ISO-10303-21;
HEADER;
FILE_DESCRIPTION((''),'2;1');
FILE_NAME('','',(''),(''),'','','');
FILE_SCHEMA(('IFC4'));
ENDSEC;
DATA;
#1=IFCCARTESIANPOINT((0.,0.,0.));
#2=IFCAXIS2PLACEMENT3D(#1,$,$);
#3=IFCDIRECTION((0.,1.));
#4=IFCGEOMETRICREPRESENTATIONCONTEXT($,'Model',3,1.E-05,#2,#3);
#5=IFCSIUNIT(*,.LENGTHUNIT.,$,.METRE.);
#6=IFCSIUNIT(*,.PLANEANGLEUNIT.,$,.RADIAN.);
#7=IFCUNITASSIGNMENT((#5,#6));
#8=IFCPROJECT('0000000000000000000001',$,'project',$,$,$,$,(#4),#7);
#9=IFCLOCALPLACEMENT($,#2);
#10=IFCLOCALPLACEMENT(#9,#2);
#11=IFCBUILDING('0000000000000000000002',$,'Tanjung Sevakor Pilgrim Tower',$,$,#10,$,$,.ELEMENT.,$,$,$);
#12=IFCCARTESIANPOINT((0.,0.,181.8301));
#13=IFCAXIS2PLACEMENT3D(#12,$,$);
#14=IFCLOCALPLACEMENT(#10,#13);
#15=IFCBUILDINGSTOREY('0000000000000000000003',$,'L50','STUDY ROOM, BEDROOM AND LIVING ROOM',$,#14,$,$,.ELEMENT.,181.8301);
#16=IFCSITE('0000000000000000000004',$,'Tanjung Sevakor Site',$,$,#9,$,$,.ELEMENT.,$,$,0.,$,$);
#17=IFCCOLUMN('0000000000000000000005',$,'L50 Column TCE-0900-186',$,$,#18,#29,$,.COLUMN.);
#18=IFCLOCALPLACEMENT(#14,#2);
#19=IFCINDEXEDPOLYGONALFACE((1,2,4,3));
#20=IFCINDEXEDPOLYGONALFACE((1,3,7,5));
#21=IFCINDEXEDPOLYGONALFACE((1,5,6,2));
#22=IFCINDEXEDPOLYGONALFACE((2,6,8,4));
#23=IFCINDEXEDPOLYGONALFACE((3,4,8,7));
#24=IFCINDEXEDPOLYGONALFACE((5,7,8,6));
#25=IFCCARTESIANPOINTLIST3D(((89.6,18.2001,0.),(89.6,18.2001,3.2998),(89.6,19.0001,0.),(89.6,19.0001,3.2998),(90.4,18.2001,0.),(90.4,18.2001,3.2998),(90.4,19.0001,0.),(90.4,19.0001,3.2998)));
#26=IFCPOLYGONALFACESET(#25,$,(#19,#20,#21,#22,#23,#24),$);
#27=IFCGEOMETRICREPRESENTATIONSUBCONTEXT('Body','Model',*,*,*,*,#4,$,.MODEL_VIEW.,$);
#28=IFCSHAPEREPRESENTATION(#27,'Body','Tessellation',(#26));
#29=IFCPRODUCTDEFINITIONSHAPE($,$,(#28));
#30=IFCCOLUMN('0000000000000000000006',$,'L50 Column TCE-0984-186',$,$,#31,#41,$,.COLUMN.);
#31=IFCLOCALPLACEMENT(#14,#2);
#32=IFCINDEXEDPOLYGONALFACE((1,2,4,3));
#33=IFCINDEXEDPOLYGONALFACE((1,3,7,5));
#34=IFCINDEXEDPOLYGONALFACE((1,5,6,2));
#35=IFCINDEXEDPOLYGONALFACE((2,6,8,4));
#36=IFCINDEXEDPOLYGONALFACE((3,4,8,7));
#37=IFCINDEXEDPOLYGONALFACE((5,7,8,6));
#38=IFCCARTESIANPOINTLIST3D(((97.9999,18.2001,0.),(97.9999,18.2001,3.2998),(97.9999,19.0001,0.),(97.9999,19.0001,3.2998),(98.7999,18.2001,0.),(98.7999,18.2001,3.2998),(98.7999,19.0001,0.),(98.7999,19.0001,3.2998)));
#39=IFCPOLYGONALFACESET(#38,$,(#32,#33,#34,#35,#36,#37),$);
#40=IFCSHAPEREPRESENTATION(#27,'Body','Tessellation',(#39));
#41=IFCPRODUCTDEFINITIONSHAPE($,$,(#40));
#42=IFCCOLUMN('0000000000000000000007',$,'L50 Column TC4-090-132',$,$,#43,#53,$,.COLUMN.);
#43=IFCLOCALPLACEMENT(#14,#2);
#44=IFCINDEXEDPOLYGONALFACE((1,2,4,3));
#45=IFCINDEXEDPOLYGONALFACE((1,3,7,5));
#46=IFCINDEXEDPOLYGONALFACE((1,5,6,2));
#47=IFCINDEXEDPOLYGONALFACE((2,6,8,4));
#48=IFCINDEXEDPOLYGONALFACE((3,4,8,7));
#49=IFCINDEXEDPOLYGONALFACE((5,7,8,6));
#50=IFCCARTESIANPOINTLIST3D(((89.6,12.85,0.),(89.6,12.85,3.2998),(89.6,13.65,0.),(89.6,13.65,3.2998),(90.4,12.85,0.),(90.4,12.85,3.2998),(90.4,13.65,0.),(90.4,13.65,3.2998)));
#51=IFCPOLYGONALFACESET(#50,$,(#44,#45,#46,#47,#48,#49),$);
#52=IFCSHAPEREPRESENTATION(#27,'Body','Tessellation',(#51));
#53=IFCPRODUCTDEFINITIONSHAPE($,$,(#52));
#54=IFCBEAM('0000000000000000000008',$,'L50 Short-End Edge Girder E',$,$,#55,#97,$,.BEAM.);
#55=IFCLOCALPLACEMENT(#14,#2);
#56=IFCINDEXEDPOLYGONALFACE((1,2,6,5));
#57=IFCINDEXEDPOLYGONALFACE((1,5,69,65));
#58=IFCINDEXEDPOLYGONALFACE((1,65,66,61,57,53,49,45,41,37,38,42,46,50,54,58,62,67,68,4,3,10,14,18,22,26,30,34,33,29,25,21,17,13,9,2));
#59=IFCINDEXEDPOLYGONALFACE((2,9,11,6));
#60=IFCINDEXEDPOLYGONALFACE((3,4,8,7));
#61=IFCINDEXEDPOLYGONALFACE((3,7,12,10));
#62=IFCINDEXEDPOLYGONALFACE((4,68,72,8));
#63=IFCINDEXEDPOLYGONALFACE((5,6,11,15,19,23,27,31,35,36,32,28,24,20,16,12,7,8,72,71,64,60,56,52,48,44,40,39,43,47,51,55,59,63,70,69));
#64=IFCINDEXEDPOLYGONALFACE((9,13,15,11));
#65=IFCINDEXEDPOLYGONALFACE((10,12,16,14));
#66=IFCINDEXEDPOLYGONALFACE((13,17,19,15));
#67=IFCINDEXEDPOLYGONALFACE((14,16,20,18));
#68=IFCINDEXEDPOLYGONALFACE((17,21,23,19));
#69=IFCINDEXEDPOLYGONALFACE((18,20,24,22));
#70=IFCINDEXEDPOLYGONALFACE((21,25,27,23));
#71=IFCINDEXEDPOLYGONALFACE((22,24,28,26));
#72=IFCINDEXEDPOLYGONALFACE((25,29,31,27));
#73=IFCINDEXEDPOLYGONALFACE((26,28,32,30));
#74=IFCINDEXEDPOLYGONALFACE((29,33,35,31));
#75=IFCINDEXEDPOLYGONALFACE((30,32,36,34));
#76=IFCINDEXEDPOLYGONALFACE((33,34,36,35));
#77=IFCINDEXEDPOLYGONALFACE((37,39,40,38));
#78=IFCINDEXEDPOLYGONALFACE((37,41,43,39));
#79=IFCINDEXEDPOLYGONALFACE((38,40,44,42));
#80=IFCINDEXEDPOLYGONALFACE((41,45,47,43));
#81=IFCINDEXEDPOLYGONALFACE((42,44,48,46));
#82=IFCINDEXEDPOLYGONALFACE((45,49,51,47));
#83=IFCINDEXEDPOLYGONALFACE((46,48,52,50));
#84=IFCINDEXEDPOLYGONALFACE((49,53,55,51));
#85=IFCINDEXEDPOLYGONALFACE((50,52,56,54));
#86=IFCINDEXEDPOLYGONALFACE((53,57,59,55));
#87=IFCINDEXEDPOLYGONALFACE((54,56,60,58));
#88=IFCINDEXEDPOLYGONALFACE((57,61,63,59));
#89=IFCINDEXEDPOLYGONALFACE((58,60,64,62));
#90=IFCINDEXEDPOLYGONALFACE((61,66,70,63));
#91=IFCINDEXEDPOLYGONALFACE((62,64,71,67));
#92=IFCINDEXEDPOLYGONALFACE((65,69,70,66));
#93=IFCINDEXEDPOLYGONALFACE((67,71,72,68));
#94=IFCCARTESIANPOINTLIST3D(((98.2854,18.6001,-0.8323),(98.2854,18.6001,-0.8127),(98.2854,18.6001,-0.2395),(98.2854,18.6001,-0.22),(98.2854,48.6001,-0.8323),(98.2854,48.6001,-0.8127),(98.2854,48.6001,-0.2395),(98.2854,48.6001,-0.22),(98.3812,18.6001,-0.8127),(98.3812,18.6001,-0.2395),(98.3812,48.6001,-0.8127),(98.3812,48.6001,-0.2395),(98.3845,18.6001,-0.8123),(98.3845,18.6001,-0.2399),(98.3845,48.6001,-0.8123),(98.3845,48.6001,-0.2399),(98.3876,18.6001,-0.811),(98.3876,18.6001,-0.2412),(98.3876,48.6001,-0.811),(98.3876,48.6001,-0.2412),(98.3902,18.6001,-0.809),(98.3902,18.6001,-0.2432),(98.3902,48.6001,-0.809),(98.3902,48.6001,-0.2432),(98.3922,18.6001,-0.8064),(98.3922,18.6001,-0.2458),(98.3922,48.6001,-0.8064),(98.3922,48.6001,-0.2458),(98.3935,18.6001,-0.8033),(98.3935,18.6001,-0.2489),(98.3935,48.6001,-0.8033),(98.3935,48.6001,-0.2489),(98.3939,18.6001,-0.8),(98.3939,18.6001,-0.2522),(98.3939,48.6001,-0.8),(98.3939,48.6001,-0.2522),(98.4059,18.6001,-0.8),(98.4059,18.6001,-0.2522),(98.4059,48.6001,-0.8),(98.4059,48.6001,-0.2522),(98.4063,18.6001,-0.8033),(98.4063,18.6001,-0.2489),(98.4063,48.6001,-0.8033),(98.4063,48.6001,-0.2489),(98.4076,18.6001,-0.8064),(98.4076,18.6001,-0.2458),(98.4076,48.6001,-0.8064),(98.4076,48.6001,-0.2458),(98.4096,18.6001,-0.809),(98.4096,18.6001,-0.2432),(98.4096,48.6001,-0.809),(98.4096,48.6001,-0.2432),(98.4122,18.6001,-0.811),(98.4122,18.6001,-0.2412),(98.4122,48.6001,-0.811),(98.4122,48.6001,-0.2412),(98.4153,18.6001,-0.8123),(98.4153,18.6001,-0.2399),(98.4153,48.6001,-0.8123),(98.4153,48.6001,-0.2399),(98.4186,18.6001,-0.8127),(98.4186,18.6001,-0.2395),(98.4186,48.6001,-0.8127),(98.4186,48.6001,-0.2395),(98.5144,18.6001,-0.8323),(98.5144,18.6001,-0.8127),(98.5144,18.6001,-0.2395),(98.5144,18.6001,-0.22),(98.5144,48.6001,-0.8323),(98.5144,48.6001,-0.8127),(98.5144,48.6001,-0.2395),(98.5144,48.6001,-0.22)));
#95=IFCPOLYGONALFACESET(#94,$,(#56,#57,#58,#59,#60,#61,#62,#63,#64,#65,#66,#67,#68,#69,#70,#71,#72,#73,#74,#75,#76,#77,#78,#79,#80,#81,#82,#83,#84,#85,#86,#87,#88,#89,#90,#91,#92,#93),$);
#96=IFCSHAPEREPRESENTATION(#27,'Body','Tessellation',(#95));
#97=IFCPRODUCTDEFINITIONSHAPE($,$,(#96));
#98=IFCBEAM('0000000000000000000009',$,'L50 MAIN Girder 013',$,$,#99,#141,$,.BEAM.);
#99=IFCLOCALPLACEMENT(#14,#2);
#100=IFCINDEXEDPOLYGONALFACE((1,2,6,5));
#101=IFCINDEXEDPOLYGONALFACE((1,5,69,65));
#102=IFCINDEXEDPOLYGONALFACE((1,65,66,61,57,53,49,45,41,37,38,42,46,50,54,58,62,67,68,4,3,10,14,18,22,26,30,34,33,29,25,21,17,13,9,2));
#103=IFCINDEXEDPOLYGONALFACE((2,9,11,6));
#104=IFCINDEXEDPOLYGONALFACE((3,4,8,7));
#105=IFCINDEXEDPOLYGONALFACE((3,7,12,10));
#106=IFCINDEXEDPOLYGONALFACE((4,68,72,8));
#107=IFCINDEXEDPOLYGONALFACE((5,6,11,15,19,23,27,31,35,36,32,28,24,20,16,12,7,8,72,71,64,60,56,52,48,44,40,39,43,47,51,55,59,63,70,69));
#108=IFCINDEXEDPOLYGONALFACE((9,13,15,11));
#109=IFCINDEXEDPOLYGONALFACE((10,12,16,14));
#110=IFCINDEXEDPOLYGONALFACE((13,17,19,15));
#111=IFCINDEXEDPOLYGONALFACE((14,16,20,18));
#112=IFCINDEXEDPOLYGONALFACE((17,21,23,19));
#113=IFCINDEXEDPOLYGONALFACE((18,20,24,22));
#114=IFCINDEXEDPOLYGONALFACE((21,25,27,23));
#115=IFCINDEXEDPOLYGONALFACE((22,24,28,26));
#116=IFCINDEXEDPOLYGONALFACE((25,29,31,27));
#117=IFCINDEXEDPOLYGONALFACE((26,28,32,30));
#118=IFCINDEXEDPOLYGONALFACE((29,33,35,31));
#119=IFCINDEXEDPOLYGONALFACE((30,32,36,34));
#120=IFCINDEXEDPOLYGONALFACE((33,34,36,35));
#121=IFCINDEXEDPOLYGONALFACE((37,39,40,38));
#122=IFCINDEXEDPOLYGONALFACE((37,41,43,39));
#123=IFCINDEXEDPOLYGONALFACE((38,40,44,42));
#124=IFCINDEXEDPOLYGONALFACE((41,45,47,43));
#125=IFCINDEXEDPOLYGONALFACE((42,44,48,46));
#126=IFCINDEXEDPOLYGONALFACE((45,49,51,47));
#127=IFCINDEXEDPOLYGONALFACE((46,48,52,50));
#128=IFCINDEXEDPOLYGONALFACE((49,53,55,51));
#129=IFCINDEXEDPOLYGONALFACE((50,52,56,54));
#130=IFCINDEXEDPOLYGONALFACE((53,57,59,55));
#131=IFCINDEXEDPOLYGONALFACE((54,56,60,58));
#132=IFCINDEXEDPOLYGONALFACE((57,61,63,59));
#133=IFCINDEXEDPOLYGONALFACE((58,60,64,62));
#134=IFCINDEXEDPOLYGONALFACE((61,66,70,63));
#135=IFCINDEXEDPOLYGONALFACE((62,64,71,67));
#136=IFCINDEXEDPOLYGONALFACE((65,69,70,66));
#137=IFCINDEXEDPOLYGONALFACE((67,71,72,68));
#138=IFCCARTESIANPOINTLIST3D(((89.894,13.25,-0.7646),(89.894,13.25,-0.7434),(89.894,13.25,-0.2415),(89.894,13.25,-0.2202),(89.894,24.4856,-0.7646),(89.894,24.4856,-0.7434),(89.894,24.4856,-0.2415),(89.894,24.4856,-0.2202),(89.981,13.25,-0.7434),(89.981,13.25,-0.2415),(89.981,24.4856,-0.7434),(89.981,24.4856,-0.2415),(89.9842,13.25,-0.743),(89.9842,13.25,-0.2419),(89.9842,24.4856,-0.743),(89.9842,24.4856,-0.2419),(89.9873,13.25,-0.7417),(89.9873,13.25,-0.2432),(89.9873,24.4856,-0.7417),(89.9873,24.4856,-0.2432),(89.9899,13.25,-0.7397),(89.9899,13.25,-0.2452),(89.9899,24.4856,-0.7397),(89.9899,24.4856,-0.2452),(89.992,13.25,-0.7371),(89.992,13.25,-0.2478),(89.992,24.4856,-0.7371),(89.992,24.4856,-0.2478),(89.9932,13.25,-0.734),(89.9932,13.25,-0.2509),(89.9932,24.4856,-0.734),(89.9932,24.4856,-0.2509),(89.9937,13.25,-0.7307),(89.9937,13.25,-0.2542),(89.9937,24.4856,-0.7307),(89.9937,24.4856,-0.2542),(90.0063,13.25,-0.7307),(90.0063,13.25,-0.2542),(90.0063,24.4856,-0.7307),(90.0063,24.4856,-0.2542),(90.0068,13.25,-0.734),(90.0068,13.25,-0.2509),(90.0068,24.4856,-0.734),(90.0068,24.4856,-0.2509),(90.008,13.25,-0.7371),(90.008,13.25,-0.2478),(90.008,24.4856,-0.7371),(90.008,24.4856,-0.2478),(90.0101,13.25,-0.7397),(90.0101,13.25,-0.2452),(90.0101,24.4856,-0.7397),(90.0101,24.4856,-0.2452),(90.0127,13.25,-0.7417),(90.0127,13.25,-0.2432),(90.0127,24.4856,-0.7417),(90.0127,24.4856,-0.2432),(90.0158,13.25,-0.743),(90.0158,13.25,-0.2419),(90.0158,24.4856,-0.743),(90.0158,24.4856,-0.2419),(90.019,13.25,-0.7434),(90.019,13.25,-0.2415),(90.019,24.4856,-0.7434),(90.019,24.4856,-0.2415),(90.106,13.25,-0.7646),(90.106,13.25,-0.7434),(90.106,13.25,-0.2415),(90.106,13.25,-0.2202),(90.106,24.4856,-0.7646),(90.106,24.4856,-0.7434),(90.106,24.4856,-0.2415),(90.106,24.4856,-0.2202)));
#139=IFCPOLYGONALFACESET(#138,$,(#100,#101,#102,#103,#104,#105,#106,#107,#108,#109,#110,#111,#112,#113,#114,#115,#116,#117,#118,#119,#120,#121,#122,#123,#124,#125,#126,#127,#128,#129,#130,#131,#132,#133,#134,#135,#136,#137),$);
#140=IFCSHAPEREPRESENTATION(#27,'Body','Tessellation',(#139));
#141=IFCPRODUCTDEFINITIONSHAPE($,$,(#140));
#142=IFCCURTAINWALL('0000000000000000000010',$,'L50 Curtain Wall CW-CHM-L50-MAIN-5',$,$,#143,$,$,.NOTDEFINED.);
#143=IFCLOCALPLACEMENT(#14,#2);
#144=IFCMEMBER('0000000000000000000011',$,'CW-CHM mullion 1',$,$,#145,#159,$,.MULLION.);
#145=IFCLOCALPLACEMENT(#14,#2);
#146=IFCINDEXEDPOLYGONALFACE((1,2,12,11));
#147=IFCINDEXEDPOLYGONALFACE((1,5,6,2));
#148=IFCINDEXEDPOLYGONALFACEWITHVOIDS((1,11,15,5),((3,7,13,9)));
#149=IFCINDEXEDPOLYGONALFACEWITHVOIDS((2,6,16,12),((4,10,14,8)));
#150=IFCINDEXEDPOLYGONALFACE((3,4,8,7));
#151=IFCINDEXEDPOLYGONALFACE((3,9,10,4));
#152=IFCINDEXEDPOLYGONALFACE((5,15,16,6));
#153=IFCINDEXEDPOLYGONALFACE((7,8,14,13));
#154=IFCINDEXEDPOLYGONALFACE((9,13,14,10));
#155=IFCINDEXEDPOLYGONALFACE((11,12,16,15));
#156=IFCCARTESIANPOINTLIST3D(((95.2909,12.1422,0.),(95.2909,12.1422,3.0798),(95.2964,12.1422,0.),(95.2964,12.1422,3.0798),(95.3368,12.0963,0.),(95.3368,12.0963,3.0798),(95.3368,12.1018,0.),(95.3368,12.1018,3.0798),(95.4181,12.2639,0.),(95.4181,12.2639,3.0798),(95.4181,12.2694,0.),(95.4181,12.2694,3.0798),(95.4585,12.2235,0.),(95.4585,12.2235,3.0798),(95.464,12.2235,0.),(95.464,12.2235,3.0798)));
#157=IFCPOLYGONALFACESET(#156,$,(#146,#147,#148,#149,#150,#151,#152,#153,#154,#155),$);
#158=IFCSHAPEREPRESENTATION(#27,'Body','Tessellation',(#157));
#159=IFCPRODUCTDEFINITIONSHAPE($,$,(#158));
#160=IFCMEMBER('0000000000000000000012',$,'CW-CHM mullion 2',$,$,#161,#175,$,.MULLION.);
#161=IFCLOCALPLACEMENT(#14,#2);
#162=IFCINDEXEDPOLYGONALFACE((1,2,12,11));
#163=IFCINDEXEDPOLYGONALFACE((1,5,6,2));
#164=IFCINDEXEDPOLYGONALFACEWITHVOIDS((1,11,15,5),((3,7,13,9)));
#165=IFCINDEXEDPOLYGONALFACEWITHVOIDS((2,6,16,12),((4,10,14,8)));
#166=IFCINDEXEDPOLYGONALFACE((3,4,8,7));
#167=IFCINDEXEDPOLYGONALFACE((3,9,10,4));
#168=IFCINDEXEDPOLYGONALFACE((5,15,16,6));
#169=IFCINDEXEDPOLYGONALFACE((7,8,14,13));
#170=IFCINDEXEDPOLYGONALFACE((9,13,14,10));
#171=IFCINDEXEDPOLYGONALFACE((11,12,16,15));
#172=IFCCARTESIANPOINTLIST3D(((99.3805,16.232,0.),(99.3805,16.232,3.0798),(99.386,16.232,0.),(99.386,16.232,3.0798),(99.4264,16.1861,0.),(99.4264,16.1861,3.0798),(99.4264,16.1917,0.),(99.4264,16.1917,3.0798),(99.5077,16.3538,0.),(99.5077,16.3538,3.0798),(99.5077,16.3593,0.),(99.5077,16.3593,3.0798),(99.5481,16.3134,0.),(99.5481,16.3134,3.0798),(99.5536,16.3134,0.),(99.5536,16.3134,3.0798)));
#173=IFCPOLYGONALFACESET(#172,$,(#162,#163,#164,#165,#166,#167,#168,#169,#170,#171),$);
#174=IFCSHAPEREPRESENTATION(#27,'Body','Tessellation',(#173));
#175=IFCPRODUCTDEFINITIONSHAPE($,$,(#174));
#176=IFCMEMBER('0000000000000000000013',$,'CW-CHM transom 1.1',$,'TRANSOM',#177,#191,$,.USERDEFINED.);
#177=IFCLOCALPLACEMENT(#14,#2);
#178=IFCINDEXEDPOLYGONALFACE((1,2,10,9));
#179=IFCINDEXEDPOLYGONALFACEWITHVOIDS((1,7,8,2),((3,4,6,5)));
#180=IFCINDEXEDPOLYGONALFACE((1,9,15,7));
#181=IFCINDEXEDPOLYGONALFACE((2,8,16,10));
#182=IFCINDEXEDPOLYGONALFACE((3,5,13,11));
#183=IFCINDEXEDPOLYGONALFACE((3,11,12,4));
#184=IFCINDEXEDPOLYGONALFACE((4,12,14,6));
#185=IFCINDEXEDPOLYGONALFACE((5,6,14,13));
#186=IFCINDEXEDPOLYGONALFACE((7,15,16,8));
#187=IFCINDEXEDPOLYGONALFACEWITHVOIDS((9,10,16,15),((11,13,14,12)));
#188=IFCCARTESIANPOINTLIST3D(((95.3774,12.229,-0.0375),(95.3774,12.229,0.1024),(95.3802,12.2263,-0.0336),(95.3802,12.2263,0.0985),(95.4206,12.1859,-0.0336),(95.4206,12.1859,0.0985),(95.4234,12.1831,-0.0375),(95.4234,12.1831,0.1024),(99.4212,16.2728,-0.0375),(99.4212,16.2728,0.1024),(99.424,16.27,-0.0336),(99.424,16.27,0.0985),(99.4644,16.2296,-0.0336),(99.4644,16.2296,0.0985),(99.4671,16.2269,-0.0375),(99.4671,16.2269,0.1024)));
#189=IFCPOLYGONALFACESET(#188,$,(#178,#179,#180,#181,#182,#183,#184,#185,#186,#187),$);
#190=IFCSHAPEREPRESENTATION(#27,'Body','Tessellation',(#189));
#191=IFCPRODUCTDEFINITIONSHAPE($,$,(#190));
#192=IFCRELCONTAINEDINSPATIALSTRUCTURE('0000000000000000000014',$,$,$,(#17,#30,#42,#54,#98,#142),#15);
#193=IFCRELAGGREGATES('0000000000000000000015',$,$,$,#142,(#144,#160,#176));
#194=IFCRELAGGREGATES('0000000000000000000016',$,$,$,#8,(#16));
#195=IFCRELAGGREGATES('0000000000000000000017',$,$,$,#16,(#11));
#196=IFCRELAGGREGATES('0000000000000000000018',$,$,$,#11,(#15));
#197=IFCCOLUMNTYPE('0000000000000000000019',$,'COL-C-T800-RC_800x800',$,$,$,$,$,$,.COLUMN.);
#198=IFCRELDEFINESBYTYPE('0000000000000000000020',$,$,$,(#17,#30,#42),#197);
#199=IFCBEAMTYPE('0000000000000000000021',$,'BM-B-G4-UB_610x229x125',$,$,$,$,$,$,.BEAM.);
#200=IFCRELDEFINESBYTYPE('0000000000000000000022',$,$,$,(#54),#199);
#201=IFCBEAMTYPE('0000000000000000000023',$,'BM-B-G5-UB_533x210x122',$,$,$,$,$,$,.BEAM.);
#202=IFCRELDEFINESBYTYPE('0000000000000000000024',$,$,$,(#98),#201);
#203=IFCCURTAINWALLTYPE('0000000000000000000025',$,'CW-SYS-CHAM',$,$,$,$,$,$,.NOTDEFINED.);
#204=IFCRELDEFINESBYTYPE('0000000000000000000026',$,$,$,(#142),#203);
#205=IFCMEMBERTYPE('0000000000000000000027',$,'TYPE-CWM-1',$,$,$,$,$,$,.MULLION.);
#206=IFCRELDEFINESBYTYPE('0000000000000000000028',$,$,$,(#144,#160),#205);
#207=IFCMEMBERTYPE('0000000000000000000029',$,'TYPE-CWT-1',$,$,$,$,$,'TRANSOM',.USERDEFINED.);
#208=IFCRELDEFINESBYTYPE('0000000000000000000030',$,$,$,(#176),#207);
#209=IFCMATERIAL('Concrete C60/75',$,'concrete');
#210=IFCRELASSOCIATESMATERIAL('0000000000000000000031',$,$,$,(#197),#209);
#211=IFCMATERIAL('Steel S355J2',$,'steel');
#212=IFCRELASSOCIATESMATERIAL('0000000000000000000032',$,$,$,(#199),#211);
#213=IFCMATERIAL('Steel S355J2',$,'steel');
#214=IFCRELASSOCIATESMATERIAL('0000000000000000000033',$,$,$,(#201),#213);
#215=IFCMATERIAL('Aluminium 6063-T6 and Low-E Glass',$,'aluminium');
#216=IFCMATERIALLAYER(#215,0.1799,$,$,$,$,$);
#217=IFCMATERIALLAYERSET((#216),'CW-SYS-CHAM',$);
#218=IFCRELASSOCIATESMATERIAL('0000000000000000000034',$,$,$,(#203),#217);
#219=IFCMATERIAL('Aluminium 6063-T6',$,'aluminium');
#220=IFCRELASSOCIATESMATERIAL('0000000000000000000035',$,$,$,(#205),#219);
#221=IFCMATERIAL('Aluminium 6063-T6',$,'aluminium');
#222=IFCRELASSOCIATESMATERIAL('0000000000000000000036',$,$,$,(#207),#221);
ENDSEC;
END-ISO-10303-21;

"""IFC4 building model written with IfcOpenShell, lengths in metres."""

from ifc_helpers import new_model, si_unit, direction, frame, origin, origin_2d, place, context, subcontext, project, spatial, rectangle, hollow_rectangle, i_section, extrude, material, layer, layer_set, material_profile, profile_set, type_object, element, aggregate, save


model = new_model("IFC4")

# Units and contexts
model_context = context("Model", 3, precision=1e-05, world=origin(), true_north=direction((0.0, 1.0)))
body_context = subcontext(model_context, "Body", "Model", "MODEL_VIEW")
ifc_project = project(units=[si_unit("LENGTHUNIT", "METRE"), si_unit("PLANEANGLEUNIT", "RADIAN")], contexts=[model_context])

# Site, building, storey
site_placement = place(None, origin())
site = spatial("IfcSite", under=ifc_project, at=site_placement, Name="Tanjung Sevakor Site", CompositionType="ELEMENT", RefElevation=0.0)
building_placement = place(site_placement, origin())
building = spatial("IfcBuilding", under=site, at=building_placement, Name="Tanjung Sevakor Pilgrim Tower", CompositionType="ELEMENT")
storey_placement = place(building_placement, frame((0.0, 0.0, 181.8301)))
storey = spatial("IfcBuildingStorey", under=building, at=storey_placement, Name="L50", Description="STUDY ROOM, BEDROOM AND LIVING ROOM", CompositionType="ELEMENT", Elevation=181.8301)

# Columns
ifc_material_1 = material(Name="Concrete C60/75", Category="concrete")
ifc_material_profile_1 = material_profile(ifc_material_1, rectangle(XDim=0.8, YDim=0.8, at=origin_2d()))
ifc_profile_set_1 = profile_set([ifc_material_profile_1], Name="Concrete C60/75")
column_type = type_object("IfcColumnType", Name="COL-C-T800-RC_800x800", PredefinedType="COLUMN", material=ifc_profile_set_1)
for number, where, z_axis, x_axis, name in (
    (1, (90.0, 18.6001, 0.0), (0.0, 0.0, 1.0), (1.0, 0.0, 0.0), "L50 Column TCE-0900-186"),
    (2, (98.3999, 18.6001, 0.0), (0.0, 0.0, 1.0), (1.0, 0.0, 0.0), "L50 Column TCE-0984-186"),
    (3, (90.0, 13.25, 0.0), (0.0, 0.0, 1.0), (1.0, 0.0, 0.0), "L50 Column TC4-090-132"),
):
    element("IfcColumn", number, at=place(storey_placement, frame(where, z_axis=z_axis, x_axis=x_axis)), inside=storey, type_object=column_type, Name=name, PredefinedType="COLUMN", context=body_context, shape_type="SweptSolid", body=[
        extrude(rectangle(XDim=0.8, YDim=0.8, at=origin_2d()), origin(), (0.0, 0.0, 1.0), 3.2998),
    ])

# Beams
ifc_material_2 = material(Name="Steel S355J2", Category="steel")
ifc_material_profile_2 = material_profile(ifc_material_2, i_section(OverallWidth=0.229, OverallDepth=0.6123, WebThickness=0.012, FlangeThickness=0.0195, FilletRadius=0.0127, at=origin_2d()))
ifc_profile_set_2 = profile_set([ifc_material_profile_2], Name="Steel S355J2")
beam_type_1 = type_object("IfcBeamType", Name="BM-B-G4-UB_610x229x125", PredefinedType="BEAM", material=ifc_profile_set_2)
beam_1_placement = place(storey_placement, frame((98.3999, 18.6001, -0.5261), z_axis=(0.0, 1.0, 0.0), x_axis=(-1.0, 0.0, 0.0)))
element("IfcBeam", 4, at=beam_1_placement, inside=storey, type_object=beam_type_1, Name="L50 Short-End Edge Girder E", PredefinedType="BEAM", context=body_context, shape_type="SweptSolid", body=[
    extrude(i_section(OverallWidth=0.229, OverallDepth=0.6123, WebThickness=0.012, FlangeThickness=0.0195, FilletRadius=0.0127, at=origin_2d()), origin(), (0.0, 0.0, 1.0), 30.0),
])
ifc_material_3 = material(Name="Steel S355J2", Category="steel")
ifc_material_profile_3 = material_profile(ifc_material_3, i_section(OverallWidth=0.2119, OverallDepth=0.5444, WebThickness=0.0127, FlangeThickness=0.0212, FilletRadius=0.0127, at=origin_2d()))
ifc_profile_set_3 = profile_set([ifc_material_profile_3], Name="Steel S355J2")
beam_type_2 = type_object("IfcBeamType", Name="BM-B-G5-UB_533x210x122", PredefinedType="BEAM", material=ifc_profile_set_3)
beam_2_placement = place(storey_placement, frame((90.0, 13.25, -0.4924), z_axis=(0.0, 1.0, 0.0), x_axis=(-1.0, 0.0, 0.0)))
element("IfcBeam", 5, at=beam_2_placement, inside=storey, type_object=beam_type_2, Name="L50 MAIN Girder 013", PredefinedType="BEAM", context=body_context, shape_type="SweptSolid", body=[
    extrude(i_section(OverallWidth=0.2119, OverallDepth=0.5444, WebThickness=0.0127, FlangeThickness=0.0212, FilletRadius=0.0127, at=origin_2d()), origin(), (0.0, 0.0, 1.0), 11.2356),
])

# Curtain wall, members
ifc_material_4 = material(Name="Aluminium 6063-T6 and Low-E Glass", Category="aluminium")
ifc_layer_1 = layer(ifc_material_4, 0.1799)
ifc_layer_set_1 = layer_set([ifc_layer_1], Name="CW-SYS-CHAM")
curtain_wall_type = type_object("IfcCurtainWallType", Name="CW-SYS-CHAM", PredefinedType="NOTDEFINED", material=ifc_layer_set_1)
curtain_wall_placement = place(storey_placement, origin())
curtain_wall = element("IfcCurtainWall", 6, at=curtain_wall_placement, inside=storey, type_object=curtain_wall_type, Name="L50 Curtain Wall CW-CHM-L50-MAIN-5", PredefinedType="NOTDEFINED")
ifc_material_5 = material(Name="Aluminium 6063-T6", Category="aluminium")
ifc_material_profile_4 = material_profile(ifc_material_5, hollow_rectangle(XDim=0.0649, YDim=0.1799, WallThickness=0.0039, at=origin_2d()))
ifc_profile_set_4 = profile_set([ifc_material_profile_4], Name="Aluminium 6063-T6")
member_type_1 = type_object("IfcMemberType", Name="TYPE-CWM-1", PredefinedType="MULLION", material=ifc_profile_set_4)
member_1_placement = place(storey_placement, frame((95.3774, 12.1829, 0.0), z_axis=(0.0, 0.0, 1.0), x_axis=(-0.707107, 0.707107, 0.0)))
member_1 = element("IfcMember", 7, at=member_1_placement, type_object=member_type_1, Name="CW-CHM mullion 1", PredefinedType="MULLION", context=body_context, shape_type="SweptSolid", body=[
    extrude(hollow_rectangle(XDim=0.0649, YDim=0.1799, WallThickness=0.0039, at=origin_2d()), origin(), (0.0, 0.0, 1.0), 3.0798),
])
member_2_placement = place(storey_placement, frame((99.467, 16.2727, 0.0), z_axis=(0.0, 0.0, 1.0), x_axis=(-0.707107, 0.707107, 0.0)))
member_2 = element("IfcMember", 8, at=member_2_placement, type_object=member_type_1, Name="CW-CHM mullion 2", PredefinedType="MULLION", context=body_context, shape_type="SweptSolid", body=[
    extrude(hollow_rectangle(XDim=0.0649, YDim=0.1799, WallThickness=0.0039, at=origin_2d()), origin(), (0.0, 0.0, 1.0), 3.0798),
])
ifc_material_6 = material(Name="Aluminium 6063-T6", Category="aluminium")
ifc_material_profile_5 = material_profile(ifc_material_6, hollow_rectangle(XDim=0.0649, YDim=0.1399, WallThickness=0.0039, at=origin_2d()))
ifc_profile_set_5 = profile_set([ifc_material_profile_5], Name="Aluminium 6063-T6")
member_type_2 = type_object("IfcMemberType", Name="TYPE-CWT-1", ElementType="TRANSOM", PredefinedType="USERDEFINED", material=ifc_profile_set_5)
member_3_placement = place(storey_placement, frame((95.4004, 12.2061, 0.0325), z_axis=(0.707107, 0.707107, 0.0), x_axis=(-0.707107, 0.707107, 0.0)))
member_3 = element("IfcMember", 9, at=member_3_placement, type_object=member_type_2, Name="CW-CHM transom 1.1", ObjectType="TRANSOM", PredefinedType="USERDEFINED", context=body_context, shape_type="SweptSolid", body=[
    extrude(hollow_rectangle(XDim=0.0649, YDim=0.1399, WallThickness=0.0039, at=origin_2d()), origin(), (0.0, 0.0, 1.0), 5.7188),
])
aggregate(curtain_wall, [member_1, member_2, member_3])

save(model, "model.ifc")
